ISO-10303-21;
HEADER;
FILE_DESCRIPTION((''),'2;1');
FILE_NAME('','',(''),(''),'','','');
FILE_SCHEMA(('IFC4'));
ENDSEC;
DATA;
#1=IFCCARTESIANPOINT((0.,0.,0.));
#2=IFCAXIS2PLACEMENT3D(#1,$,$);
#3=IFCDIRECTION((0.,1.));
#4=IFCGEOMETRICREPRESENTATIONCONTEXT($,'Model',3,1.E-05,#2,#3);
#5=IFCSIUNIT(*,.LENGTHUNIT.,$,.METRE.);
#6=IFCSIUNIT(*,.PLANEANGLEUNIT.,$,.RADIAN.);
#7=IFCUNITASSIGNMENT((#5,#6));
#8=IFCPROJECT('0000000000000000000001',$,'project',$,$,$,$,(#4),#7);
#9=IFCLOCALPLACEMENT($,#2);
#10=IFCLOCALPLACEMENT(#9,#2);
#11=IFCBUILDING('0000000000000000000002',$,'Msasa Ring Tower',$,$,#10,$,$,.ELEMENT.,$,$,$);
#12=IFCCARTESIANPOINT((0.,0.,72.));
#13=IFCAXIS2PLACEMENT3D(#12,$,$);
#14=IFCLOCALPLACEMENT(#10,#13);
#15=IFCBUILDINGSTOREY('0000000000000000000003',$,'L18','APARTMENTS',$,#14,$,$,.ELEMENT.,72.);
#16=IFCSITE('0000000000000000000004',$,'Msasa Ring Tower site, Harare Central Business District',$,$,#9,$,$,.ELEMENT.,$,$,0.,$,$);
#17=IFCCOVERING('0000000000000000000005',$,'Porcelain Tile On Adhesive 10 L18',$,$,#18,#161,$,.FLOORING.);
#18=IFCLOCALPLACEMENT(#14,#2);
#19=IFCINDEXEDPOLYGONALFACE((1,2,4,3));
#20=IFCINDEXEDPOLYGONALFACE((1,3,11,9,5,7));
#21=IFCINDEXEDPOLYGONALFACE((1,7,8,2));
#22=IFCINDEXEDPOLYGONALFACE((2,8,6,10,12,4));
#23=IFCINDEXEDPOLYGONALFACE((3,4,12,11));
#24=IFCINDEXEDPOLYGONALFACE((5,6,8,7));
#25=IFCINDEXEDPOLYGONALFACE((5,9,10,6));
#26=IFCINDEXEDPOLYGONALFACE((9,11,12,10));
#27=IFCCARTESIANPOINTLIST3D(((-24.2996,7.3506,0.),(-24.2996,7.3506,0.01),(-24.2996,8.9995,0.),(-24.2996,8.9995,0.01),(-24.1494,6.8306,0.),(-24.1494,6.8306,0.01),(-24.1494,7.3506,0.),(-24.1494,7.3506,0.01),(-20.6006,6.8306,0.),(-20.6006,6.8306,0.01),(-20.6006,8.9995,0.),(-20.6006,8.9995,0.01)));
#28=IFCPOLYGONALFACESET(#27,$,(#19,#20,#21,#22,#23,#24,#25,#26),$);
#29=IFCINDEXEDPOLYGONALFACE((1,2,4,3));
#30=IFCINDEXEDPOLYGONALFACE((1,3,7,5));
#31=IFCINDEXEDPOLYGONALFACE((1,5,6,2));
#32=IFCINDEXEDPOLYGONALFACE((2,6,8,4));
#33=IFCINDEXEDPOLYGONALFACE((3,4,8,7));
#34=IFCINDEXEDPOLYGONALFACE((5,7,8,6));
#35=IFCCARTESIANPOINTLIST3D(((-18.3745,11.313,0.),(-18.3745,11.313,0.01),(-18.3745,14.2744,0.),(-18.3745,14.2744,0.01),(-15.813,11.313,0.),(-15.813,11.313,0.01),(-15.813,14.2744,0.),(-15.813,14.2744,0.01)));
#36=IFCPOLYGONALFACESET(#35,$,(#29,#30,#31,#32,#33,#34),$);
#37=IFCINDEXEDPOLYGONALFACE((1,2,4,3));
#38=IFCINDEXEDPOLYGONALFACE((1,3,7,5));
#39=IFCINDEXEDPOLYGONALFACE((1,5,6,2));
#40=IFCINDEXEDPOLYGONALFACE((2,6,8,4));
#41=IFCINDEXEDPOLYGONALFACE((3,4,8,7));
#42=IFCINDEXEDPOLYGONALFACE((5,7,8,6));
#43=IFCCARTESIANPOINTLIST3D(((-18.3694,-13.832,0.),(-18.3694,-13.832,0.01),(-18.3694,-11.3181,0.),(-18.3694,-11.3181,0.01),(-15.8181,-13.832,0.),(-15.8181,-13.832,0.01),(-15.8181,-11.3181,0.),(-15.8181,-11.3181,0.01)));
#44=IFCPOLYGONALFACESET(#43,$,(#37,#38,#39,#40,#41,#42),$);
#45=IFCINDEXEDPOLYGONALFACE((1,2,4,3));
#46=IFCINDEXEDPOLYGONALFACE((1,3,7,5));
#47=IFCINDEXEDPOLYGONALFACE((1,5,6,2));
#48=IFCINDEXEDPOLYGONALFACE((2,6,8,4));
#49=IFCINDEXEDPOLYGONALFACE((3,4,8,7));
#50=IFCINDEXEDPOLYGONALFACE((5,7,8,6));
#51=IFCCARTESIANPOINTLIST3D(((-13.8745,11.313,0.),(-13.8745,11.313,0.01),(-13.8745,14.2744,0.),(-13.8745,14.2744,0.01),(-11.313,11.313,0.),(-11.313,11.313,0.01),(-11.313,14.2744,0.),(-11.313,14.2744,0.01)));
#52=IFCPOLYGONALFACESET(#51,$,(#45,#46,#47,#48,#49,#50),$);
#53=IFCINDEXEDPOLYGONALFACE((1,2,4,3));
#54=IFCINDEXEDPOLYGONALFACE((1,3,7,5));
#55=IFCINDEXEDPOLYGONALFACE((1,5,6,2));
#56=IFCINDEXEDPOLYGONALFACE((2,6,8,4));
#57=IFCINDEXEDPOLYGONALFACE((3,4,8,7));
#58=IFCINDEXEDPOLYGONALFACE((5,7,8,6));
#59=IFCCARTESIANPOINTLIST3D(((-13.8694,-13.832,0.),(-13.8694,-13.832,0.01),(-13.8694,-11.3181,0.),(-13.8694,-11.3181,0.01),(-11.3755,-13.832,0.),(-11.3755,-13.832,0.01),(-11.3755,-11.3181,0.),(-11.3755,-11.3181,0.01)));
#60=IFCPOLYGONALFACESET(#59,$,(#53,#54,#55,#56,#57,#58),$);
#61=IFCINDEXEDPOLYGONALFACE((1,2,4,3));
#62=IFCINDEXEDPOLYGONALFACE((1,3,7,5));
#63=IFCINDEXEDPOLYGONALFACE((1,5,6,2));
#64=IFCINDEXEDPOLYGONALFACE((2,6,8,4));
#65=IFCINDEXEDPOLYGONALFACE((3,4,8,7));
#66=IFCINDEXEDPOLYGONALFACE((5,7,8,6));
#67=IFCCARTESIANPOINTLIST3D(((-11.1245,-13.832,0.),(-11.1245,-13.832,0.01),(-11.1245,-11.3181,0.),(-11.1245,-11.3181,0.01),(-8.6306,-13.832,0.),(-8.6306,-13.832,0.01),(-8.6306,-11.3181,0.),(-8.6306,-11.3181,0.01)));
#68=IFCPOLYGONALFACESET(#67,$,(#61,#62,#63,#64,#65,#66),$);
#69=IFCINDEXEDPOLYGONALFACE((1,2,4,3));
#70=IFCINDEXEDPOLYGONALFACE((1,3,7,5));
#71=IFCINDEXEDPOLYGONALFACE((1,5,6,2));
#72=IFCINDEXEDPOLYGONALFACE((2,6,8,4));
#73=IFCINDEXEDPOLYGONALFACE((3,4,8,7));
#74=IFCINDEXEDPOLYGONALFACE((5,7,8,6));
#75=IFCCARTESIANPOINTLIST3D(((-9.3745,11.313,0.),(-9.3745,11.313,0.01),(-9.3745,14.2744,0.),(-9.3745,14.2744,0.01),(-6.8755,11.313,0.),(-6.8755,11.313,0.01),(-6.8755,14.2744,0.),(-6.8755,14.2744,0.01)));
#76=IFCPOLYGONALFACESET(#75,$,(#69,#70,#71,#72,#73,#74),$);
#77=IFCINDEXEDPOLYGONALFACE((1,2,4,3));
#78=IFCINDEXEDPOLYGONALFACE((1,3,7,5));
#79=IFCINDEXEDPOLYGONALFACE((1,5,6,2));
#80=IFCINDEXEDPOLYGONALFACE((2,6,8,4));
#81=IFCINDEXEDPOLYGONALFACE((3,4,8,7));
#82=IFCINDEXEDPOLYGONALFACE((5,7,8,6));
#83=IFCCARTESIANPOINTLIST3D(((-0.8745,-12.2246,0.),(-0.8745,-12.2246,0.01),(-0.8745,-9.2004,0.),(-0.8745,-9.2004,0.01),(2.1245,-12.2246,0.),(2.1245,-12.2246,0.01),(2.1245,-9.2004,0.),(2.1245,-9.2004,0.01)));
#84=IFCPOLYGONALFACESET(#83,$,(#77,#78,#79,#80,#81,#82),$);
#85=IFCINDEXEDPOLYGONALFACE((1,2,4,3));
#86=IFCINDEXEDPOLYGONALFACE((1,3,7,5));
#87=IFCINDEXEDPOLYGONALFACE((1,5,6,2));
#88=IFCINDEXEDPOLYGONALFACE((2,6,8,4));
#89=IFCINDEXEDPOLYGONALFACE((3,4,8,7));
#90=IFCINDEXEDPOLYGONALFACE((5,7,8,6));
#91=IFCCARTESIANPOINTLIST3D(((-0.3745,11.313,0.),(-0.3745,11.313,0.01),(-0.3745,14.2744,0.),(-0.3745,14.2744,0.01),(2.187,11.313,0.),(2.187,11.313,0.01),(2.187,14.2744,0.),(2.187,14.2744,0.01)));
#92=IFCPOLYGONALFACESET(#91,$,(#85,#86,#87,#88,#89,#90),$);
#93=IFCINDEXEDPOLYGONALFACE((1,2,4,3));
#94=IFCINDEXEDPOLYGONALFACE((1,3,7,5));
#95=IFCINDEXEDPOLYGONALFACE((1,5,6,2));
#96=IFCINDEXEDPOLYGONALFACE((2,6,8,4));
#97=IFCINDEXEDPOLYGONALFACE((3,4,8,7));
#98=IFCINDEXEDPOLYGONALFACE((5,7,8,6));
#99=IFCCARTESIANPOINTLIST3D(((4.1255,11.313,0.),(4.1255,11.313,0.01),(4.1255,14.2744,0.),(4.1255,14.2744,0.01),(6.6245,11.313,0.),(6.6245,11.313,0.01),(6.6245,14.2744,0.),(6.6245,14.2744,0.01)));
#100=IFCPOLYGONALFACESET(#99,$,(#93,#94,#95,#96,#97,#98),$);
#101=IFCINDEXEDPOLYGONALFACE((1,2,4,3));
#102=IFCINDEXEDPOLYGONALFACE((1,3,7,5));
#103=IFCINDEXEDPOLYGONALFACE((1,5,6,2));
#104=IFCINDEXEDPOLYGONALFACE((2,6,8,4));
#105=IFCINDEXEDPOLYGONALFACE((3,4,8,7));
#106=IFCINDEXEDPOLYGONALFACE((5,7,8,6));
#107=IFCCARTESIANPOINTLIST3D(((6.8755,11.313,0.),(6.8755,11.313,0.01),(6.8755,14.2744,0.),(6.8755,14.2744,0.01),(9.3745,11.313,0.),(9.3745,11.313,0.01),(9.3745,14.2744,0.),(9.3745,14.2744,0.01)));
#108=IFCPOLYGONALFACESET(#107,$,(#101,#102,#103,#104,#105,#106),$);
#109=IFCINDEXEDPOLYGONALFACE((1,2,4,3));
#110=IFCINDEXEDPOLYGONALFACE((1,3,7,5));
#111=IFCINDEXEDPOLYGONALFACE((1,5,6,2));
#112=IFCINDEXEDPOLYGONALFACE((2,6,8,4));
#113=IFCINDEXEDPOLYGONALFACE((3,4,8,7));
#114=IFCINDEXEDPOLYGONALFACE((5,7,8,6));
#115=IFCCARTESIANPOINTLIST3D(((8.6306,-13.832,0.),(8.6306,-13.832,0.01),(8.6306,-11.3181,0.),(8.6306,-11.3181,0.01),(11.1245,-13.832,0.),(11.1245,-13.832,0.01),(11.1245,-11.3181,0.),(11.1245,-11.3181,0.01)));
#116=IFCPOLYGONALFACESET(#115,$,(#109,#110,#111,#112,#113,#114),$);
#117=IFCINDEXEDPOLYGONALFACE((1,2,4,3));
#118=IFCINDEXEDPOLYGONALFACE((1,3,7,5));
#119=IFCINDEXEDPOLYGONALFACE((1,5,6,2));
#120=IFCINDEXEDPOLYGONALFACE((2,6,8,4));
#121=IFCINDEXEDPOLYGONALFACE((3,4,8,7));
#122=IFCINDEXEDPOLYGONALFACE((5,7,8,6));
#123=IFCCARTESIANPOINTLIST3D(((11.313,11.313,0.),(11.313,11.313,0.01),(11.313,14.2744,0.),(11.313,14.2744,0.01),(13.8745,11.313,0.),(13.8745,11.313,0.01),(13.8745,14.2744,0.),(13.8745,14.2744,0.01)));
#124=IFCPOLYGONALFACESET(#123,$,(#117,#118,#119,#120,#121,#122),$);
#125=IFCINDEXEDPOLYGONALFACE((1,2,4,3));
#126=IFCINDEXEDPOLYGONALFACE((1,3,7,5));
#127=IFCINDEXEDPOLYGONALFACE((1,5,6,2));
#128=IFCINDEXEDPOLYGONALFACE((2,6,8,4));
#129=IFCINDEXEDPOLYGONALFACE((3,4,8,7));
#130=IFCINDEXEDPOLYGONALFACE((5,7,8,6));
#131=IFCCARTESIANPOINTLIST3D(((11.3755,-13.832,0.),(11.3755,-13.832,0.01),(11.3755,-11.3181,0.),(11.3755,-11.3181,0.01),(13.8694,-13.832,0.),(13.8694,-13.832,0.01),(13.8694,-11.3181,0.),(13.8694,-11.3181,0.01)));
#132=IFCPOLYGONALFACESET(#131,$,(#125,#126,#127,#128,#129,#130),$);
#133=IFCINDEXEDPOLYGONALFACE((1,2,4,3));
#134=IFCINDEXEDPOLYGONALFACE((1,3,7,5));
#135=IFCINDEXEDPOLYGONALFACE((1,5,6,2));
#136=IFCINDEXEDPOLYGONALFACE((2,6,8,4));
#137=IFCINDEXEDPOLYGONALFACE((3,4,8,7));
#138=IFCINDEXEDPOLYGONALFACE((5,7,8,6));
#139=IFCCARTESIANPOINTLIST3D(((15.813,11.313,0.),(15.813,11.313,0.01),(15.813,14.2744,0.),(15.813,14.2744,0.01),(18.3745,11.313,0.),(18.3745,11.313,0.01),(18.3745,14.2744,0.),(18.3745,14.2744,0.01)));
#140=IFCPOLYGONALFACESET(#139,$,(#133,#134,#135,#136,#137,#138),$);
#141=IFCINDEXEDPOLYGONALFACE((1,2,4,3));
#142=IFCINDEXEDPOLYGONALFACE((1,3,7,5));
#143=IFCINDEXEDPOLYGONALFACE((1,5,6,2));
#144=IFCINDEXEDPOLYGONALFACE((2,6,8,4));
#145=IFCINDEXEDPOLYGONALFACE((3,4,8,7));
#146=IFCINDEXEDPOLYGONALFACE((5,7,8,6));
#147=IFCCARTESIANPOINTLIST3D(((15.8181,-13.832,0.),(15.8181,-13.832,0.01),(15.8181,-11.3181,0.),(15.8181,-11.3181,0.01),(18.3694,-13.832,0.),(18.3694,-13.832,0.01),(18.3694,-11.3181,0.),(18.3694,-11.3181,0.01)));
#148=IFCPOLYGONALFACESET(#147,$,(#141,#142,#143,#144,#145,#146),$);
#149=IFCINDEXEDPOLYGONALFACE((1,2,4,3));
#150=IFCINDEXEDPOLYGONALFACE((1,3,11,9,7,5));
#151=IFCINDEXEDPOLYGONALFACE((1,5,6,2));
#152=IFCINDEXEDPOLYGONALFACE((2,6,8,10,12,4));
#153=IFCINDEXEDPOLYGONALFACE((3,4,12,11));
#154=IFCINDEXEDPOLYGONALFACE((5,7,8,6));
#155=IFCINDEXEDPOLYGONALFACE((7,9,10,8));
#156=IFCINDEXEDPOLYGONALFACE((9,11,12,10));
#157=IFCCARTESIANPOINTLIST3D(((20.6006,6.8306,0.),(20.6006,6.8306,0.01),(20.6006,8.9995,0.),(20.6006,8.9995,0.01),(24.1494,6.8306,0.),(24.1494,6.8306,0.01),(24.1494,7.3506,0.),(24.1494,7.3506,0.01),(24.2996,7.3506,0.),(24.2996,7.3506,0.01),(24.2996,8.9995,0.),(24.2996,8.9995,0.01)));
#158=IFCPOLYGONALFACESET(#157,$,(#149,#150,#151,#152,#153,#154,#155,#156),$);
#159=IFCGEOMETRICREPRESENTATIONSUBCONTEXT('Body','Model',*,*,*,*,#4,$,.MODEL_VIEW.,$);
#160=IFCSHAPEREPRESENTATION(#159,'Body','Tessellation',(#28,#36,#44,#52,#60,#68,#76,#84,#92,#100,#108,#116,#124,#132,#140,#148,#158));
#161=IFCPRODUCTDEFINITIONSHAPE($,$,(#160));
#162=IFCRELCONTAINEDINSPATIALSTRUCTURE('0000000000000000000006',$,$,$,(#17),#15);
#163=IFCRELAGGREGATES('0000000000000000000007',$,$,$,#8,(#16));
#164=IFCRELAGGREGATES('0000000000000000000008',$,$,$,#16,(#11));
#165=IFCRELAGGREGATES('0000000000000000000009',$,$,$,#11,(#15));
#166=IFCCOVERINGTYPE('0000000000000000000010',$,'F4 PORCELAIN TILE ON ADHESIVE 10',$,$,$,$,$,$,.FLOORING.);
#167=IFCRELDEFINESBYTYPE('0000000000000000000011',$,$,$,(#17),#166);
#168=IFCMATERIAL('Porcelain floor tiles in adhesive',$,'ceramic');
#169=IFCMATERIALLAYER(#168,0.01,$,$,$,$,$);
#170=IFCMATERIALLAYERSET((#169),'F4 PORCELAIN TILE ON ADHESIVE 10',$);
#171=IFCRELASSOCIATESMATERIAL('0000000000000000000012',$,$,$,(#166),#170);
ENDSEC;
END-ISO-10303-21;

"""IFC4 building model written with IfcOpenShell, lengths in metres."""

from ifc_helpers import new_model, si_unit, direction, frame, origin, place, context, subcontext, project, spatial, line, indexed_curve, outline, extrude, material, layer, layer_set, type_object, element, save


model = new_model("IFC4")

# Units and contexts
model_context = context("Model", 3, precision=1e-05, world=origin(), true_north=direction((0.0, 1.0)))
body_context = subcontext(model_context, "Body", "Model", "MODEL_VIEW")
ifc_project = project(units=[si_unit("LENGTHUNIT", "METRE"), si_unit("PLANEANGLEUNIT", "RADIAN")], contexts=[model_context])

# Site, building, storey
site_placement = place(None, origin())
site = spatial("IfcSite", under=ifc_project, at=site_placement, Name="Msasa Ring Tower site, Harare Central Business District", CompositionType="ELEMENT", RefElevation=0.0)
building_placement = place(site_placement, origin())
building = spatial("IfcBuilding", under=site, at=building_placement, Name="Msasa Ring Tower", CompositionType="ELEMENT")
storey_placement = place(building_placement, frame((0.0, 0.0, 72.0)))
storey = spatial("IfcBuildingStorey", under=building, at=storey_placement, Name="L18", Description="APARTMENTS", CompositionType="ELEMENT", Elevation=72.0)

# Covering
ifc_material_1 = material(Name="Porcelain floor tiles in adhesive", Category="ceramic")
ifc_layer_1 = layer(ifc_material_1, 0.01)
ifc_layer_set_1 = layer_set([ifc_layer_1], Name="F4 PORCELAIN TILE ON ADHESIVE 10")
covering_type_1 = type_object("IfcCoveringType", Name="F4 PORCELAIN TILE ON ADHESIVE 10", PredefinedType="FLOORING", material=ifc_layer_set_1)
covering_1_placement = place(storey_placement, origin())
element("IfcCovering", 1, at=covering_1_placement, inside=storey, type_object=covering_type_1, Name="Porcelain Tile On Adhesive 10 L18", PredefinedType="FLOORING", context=body_context, shape_type="SweptSolid", body=[
    extrude(outline(indexed_curve([(-24.1494, 6.8306), (-24.1494, 7.3506), (-24.2996, 7.3506), (-24.2996, 8.9995), (-20.6006, 8.9995), (-20.6006, 6.8306)], segments=[line(1, 2, 3, 4, 5, 6, 1)], self_intersect=False)), origin(), (0.0, 0.0, 1.0), 0.01),
    extrude(outline(indexed_curve([(-18.3745, 11.313), (-18.3745, 14.2744), (-15.813, 14.2744), (-15.813, 11.313)], segments=[line(1, 2, 3, 4, 1)], self_intersect=False)), origin(), (0.0, 0.0, 1.0), 0.01),
    extrude(outline(indexed_curve([(-15.8181, -11.3181), (-15.8181, -13.832), (-18.3694, -13.832), (-18.3694, -11.3181)], segments=[line(1, 2, 3, 4, 1)], self_intersect=False)), origin(), (0.0, 0.0, 1.0), 0.01),
    extrude(outline(indexed_curve([(-13.8745, 11.313), (-13.8745, 14.2744), (-11.313, 14.2744), (-11.313, 11.313)], segments=[line(1, 2, 3, 4, 1)], self_intersect=False)), origin(), (0.0, 0.0, 1.0), 0.01),
    extrude(outline(indexed_curve([(-11.3755, -11.3181), (-11.3755, -13.832), (-13.8694, -13.832), (-13.8694, -11.3181)], segments=[line(1, 2, 3, 4, 1)], self_intersect=False)), origin(), (0.0, 0.0, 1.0), 0.01),
    extrude(outline(indexed_curve([(-8.6306, -11.3181), (-8.6306, -13.832), (-11.1245, -13.832), (-11.1245, -11.3181)], segments=[line(1, 2, 3, 4, 1)], self_intersect=False)), origin(), (0.0, 0.0, 1.0), 0.01),
    extrude(outline(indexed_curve([(-9.3745, 11.313), (-9.3745, 14.2744), (-6.8755, 14.2744), (-6.8755, 11.313)], segments=[line(1, 2, 3, 4, 1)], self_intersect=False)), origin(), (0.0, 0.0, 1.0), 0.01),
    extrude(outline(indexed_curve([(2.1245, -9.2004), (2.1245, -12.2246), (-0.8745, -12.2246), (-0.8745, -9.2004)], segments=[line(1, 2, 3, 4, 1)], self_intersect=False)), origin(), (0.0, 0.0, 1.0), 0.01),
    extrude(outline(indexed_curve([(-0.3745, 11.313), (-0.3745, 14.2744), (2.187, 14.2744), (2.187, 11.313)], segments=[line(1, 2, 3, 4, 1)], self_intersect=False)), origin(), (0.0, 0.0, 1.0), 0.01),
    extrude(outline(indexed_curve([(4.1255, 11.313), (4.1255, 14.2744), (6.6245, 14.2744), (6.6245, 11.313)], segments=[line(1, 2, 3, 4, 1)], self_intersect=False)), origin(), (0.0, 0.0, 1.0), 0.01),
    extrude(outline(indexed_curve([(6.8755, 11.313), (6.8755, 14.2744), (9.3745, 14.2744), (9.3745, 11.313)], segments=[line(1, 2, 3, 4, 1)], self_intersect=False)), origin(), (0.0, 0.0, 1.0), 0.01),
    extrude(outline(indexed_curve([(11.1245, -11.3181), (11.1245, -13.832), (8.6306, -13.832), (8.6306, -11.3181)], segments=[line(1, 2, 3, 4, 1)], self_intersect=False)), origin(), (0.0, 0.0, 1.0), 0.01),
    extrude(outline(indexed_curve([(11.313, 11.313), (11.313, 14.2744), (13.8745, 14.2744), (13.8745, 11.313)], segments=[line(1, 2, 3, 4, 1)], self_intersect=False)), origin(), (0.0, 0.0, 1.0), 0.01),
    extrude(outline(indexed_curve([(13.8694, -11.3181), (13.8694, -13.832), (11.3755, -13.832), (11.3755, -11.3181)], segments=[line(1, 2, 3, 4, 1)], self_intersect=False)), origin(), (0.0, 0.0, 1.0), 0.01),
    extrude(outline(indexed_curve([(15.813, 11.313), (15.813, 14.2744), (18.3745, 14.2744), (18.3745, 11.313)], segments=[line(1, 2, 3, 4, 1)], self_intersect=False)), origin(), (0.0, 0.0, 1.0), 0.01),
    extrude(outline(indexed_curve([(18.3694, -11.3181), (18.3694, -13.832), (15.8181, -13.832), (15.8181, -11.3181)], segments=[line(1, 2, 3, 4, 1)], self_intersect=False)), origin(), (0.0, 0.0, 1.0), 0.01),
    extrude(outline(indexed_curve([(20.6006, 8.9995), (24.2996, 8.9995), (24.2996, 7.3506), (24.1494, 7.3506), (24.1494, 6.8306), (20.6006, 6.8306)], segments=[line(1, 2, 3, 4, 5, 6, 1)], self_intersect=False)), origin(), (0.0, 0.0, 1.0), 0.01),
])

save(model, "model.ifc")
